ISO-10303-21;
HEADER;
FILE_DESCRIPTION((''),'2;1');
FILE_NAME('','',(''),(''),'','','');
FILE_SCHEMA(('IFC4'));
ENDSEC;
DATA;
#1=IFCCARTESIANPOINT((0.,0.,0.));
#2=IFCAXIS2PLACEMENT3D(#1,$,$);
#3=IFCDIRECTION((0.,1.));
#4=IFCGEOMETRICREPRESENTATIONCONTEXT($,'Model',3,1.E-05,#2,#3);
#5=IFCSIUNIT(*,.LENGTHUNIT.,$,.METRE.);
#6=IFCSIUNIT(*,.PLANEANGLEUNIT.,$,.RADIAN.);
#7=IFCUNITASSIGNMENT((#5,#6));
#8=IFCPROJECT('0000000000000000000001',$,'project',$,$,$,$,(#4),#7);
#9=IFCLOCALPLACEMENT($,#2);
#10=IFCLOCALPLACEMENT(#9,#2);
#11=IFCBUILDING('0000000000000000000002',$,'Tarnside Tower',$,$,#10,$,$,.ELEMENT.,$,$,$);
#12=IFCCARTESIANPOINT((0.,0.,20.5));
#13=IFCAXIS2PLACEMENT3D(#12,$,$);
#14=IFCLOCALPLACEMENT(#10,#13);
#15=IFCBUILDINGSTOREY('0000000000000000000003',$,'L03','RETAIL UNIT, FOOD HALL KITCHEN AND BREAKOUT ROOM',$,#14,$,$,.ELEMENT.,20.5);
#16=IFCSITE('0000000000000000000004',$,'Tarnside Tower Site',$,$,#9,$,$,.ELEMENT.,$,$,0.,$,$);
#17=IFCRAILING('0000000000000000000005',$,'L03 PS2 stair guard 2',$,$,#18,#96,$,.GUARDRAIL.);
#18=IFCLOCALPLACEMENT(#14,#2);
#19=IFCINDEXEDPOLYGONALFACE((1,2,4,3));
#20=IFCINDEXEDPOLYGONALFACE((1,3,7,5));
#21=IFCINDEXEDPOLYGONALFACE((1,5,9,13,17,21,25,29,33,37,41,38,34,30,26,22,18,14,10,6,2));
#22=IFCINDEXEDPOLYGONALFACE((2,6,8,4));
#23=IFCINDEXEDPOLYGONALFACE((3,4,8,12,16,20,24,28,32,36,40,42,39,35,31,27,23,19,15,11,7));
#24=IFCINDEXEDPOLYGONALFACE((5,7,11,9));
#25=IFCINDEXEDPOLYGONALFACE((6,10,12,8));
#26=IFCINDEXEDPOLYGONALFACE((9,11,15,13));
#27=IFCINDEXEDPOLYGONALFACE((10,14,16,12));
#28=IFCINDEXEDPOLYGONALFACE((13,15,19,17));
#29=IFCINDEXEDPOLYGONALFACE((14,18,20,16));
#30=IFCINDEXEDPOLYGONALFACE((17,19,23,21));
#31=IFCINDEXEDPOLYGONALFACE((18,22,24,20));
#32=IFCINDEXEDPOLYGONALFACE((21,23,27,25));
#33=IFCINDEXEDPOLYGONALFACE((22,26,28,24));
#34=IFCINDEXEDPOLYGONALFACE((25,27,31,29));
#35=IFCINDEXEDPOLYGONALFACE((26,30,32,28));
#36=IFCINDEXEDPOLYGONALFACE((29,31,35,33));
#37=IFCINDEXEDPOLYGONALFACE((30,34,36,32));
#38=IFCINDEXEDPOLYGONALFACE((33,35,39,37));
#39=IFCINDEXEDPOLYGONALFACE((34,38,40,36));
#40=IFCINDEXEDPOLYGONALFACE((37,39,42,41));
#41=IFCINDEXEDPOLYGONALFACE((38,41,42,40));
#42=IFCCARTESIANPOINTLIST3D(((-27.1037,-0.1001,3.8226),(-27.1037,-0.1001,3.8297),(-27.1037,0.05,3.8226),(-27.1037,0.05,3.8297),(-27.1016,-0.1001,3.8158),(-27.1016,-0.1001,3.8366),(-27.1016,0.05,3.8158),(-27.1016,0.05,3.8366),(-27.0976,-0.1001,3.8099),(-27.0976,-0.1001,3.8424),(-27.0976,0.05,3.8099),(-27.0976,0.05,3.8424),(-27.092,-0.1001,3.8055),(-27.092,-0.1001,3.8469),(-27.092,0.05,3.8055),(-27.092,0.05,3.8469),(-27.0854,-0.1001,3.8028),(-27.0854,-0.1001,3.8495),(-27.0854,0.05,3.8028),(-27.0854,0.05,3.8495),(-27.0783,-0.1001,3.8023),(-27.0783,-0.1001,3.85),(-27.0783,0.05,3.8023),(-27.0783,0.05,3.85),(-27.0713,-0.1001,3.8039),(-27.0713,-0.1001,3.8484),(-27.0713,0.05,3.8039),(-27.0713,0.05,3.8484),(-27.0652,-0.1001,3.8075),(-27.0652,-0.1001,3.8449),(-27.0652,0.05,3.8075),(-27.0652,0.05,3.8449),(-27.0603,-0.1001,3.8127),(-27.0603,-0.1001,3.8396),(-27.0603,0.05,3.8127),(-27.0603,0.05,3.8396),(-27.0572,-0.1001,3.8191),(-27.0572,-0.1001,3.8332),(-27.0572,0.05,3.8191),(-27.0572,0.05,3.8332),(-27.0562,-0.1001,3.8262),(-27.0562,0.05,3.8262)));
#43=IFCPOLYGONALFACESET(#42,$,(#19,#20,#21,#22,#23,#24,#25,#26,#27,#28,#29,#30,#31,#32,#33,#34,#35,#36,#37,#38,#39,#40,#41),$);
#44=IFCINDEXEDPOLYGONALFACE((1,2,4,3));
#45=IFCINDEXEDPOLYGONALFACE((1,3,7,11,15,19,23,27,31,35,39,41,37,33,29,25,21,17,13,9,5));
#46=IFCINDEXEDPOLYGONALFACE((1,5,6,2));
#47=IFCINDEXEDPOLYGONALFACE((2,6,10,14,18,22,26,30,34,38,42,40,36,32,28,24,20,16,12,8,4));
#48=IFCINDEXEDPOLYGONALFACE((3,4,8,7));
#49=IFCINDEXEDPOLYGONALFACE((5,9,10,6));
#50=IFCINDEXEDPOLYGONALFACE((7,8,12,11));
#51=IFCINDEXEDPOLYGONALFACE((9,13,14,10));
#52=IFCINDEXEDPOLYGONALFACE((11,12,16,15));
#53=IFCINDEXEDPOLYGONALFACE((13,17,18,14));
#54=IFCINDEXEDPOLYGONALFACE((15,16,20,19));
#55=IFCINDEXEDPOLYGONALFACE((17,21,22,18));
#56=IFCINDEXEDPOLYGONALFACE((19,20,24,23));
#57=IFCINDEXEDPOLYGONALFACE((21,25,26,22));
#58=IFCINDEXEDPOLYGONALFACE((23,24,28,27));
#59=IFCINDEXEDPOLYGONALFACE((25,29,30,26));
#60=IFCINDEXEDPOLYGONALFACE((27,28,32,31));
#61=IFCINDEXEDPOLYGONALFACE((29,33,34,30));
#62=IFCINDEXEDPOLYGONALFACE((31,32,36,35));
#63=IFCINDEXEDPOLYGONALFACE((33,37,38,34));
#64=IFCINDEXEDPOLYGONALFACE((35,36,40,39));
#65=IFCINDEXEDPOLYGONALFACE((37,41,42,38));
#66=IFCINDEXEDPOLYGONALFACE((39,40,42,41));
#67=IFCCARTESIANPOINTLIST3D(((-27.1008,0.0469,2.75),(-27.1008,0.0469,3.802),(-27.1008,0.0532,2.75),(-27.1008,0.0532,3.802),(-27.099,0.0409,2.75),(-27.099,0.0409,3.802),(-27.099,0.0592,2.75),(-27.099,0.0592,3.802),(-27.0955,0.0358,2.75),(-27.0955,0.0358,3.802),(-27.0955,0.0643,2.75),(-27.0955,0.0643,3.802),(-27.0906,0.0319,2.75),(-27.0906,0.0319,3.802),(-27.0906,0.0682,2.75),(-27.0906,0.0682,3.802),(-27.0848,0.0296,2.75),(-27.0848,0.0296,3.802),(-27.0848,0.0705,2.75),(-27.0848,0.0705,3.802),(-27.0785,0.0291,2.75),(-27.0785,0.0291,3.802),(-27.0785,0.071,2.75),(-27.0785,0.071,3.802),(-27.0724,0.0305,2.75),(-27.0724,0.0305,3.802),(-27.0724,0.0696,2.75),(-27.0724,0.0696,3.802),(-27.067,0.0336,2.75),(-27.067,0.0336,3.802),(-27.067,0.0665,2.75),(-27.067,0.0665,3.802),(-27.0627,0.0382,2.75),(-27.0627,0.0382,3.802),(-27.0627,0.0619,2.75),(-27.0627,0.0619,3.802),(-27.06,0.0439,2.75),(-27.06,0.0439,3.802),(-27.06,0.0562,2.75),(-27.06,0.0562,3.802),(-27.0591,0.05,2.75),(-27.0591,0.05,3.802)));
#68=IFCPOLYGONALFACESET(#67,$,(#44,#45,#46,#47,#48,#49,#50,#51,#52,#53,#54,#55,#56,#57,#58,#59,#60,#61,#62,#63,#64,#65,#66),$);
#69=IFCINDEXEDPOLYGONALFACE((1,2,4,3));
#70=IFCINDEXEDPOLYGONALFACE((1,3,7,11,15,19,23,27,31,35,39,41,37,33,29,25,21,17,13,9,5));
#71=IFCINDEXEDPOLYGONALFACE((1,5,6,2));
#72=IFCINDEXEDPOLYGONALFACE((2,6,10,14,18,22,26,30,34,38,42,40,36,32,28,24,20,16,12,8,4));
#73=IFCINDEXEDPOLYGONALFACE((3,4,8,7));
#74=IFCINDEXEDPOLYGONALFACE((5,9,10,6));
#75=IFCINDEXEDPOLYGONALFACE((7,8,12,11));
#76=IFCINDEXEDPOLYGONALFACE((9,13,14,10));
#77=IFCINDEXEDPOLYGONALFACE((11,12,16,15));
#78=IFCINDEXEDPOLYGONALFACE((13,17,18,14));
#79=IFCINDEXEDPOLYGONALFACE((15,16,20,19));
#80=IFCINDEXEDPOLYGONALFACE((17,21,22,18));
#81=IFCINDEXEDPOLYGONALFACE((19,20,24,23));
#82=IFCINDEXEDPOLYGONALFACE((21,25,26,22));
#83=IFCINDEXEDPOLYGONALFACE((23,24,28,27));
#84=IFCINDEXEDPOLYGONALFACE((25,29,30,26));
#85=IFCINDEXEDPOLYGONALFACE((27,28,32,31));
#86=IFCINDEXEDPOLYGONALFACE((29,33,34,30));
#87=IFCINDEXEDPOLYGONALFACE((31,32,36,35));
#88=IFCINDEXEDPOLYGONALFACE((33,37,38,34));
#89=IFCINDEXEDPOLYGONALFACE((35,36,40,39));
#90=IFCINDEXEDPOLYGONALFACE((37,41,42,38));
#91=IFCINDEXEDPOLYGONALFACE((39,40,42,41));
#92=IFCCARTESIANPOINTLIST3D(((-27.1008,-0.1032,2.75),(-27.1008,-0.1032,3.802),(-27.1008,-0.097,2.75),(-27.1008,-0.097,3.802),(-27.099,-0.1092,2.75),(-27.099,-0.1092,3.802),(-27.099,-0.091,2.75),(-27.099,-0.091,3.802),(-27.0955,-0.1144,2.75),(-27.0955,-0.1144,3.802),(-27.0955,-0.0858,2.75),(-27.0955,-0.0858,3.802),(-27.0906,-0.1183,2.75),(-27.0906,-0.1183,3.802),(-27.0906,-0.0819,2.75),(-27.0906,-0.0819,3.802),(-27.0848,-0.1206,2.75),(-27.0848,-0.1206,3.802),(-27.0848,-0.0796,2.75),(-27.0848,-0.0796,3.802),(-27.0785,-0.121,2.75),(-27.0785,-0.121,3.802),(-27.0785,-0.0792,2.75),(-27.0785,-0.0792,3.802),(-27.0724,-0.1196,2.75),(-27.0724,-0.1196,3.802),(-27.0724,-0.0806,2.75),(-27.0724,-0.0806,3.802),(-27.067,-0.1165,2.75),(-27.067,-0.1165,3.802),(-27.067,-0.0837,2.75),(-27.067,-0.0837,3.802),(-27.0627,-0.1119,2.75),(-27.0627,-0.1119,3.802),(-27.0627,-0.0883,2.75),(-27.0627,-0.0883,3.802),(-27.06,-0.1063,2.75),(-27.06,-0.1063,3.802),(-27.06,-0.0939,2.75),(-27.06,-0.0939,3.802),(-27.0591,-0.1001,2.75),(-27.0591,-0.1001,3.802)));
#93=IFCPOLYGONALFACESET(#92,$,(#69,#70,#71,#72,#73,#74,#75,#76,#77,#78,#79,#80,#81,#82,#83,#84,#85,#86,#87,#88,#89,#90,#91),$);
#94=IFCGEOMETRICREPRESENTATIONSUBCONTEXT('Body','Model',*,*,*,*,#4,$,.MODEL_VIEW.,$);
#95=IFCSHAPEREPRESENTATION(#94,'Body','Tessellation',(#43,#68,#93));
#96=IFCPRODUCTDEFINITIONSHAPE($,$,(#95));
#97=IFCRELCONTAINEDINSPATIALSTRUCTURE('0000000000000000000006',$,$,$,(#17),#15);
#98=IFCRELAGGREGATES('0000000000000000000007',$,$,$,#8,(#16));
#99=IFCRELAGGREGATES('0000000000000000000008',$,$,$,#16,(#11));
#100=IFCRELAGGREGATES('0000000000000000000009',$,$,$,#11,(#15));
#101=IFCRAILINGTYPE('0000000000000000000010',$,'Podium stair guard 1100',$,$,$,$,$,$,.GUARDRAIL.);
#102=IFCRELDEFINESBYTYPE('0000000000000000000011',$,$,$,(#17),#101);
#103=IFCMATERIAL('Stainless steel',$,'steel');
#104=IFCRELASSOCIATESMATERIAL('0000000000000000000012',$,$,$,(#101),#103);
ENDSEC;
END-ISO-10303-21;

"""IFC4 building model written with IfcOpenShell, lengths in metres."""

from ifc_helpers import new_model, si_unit, direction, frame, origin, origin_2d, place, context, subcontext, project, spatial, circle, extrude, material, type_object, element, save


model = new_model("IFC4")

# Units and contexts
model_context = context("Model", 3, precision=1e-05, world=origin(), true_north=direction((0.0, 1.0)))
body_context = subcontext(model_context, "Body", "Model", "MODEL_VIEW")
ifc_project = project(units=[si_unit("LENGTHUNIT", "METRE"), si_unit("PLANEANGLEUNIT", "RADIAN")], contexts=[model_context])

# Site, building, storey
site_placement = place(None, origin())
site = spatial("IfcSite", under=ifc_project, at=site_placement, Name="Tarnside Tower Site", CompositionType="ELEMENT", RefElevation=0.0)
building_placement = place(site_placement, origin())
building = spatial("IfcBuilding", under=site, at=building_placement, Name="Tarnside Tower", CompositionType="ELEMENT")
storey_placement = place(building_placement, frame((0.0, 0.0, 20.5)))
storey = spatial("IfcBuildingStorey", under=building, at=storey_placement, Name="L03", Description="RETAIL UNIT, FOOD HALL KITCHEN AND BREAKOUT ROOM", CompositionType="ELEMENT", Elevation=20.5)

# Railing
ifc_material_1 = material(Name="Stainless steel", Category="steel")
railing_type_1 = type_object("IfcRailingType", Name="Podium stair guard 1100", PredefinedType="GUARDRAIL", material=ifc_material_1)
railing_1_placement = place(storey_placement, frame((-27.0801, 0.05, 2.75)))
element("IfcRailing", 1, at=railing_1_placement, inside=storey, type_object=railing_type_1, Name="L03 PS2 stair guard 2", PredefinedType="GUARDRAIL", context=body_context, shape_type="SweptSolid", body=[
    extrude(circle(Radius=0.0239, at=origin_2d()), frame((0.0, 0.0, 1.0762), z_axis=(0.0, -1.0, 0.0), x_axis=(1.0, 0.0, 0.0)), (0.0, 0.0, 1.0), 0.1501),
    extrude(circle(Radius=0.021, at=origin_2d()), origin(), (0.0, 0.0, 1.0), 1.052),
    extrude(circle(Radius=0.021, at=origin_2d()), frame((0.0, -0.1501, 0.0)), (0.0, 0.0, 1.0), 1.052),
])

save(model, "model.ifc")
